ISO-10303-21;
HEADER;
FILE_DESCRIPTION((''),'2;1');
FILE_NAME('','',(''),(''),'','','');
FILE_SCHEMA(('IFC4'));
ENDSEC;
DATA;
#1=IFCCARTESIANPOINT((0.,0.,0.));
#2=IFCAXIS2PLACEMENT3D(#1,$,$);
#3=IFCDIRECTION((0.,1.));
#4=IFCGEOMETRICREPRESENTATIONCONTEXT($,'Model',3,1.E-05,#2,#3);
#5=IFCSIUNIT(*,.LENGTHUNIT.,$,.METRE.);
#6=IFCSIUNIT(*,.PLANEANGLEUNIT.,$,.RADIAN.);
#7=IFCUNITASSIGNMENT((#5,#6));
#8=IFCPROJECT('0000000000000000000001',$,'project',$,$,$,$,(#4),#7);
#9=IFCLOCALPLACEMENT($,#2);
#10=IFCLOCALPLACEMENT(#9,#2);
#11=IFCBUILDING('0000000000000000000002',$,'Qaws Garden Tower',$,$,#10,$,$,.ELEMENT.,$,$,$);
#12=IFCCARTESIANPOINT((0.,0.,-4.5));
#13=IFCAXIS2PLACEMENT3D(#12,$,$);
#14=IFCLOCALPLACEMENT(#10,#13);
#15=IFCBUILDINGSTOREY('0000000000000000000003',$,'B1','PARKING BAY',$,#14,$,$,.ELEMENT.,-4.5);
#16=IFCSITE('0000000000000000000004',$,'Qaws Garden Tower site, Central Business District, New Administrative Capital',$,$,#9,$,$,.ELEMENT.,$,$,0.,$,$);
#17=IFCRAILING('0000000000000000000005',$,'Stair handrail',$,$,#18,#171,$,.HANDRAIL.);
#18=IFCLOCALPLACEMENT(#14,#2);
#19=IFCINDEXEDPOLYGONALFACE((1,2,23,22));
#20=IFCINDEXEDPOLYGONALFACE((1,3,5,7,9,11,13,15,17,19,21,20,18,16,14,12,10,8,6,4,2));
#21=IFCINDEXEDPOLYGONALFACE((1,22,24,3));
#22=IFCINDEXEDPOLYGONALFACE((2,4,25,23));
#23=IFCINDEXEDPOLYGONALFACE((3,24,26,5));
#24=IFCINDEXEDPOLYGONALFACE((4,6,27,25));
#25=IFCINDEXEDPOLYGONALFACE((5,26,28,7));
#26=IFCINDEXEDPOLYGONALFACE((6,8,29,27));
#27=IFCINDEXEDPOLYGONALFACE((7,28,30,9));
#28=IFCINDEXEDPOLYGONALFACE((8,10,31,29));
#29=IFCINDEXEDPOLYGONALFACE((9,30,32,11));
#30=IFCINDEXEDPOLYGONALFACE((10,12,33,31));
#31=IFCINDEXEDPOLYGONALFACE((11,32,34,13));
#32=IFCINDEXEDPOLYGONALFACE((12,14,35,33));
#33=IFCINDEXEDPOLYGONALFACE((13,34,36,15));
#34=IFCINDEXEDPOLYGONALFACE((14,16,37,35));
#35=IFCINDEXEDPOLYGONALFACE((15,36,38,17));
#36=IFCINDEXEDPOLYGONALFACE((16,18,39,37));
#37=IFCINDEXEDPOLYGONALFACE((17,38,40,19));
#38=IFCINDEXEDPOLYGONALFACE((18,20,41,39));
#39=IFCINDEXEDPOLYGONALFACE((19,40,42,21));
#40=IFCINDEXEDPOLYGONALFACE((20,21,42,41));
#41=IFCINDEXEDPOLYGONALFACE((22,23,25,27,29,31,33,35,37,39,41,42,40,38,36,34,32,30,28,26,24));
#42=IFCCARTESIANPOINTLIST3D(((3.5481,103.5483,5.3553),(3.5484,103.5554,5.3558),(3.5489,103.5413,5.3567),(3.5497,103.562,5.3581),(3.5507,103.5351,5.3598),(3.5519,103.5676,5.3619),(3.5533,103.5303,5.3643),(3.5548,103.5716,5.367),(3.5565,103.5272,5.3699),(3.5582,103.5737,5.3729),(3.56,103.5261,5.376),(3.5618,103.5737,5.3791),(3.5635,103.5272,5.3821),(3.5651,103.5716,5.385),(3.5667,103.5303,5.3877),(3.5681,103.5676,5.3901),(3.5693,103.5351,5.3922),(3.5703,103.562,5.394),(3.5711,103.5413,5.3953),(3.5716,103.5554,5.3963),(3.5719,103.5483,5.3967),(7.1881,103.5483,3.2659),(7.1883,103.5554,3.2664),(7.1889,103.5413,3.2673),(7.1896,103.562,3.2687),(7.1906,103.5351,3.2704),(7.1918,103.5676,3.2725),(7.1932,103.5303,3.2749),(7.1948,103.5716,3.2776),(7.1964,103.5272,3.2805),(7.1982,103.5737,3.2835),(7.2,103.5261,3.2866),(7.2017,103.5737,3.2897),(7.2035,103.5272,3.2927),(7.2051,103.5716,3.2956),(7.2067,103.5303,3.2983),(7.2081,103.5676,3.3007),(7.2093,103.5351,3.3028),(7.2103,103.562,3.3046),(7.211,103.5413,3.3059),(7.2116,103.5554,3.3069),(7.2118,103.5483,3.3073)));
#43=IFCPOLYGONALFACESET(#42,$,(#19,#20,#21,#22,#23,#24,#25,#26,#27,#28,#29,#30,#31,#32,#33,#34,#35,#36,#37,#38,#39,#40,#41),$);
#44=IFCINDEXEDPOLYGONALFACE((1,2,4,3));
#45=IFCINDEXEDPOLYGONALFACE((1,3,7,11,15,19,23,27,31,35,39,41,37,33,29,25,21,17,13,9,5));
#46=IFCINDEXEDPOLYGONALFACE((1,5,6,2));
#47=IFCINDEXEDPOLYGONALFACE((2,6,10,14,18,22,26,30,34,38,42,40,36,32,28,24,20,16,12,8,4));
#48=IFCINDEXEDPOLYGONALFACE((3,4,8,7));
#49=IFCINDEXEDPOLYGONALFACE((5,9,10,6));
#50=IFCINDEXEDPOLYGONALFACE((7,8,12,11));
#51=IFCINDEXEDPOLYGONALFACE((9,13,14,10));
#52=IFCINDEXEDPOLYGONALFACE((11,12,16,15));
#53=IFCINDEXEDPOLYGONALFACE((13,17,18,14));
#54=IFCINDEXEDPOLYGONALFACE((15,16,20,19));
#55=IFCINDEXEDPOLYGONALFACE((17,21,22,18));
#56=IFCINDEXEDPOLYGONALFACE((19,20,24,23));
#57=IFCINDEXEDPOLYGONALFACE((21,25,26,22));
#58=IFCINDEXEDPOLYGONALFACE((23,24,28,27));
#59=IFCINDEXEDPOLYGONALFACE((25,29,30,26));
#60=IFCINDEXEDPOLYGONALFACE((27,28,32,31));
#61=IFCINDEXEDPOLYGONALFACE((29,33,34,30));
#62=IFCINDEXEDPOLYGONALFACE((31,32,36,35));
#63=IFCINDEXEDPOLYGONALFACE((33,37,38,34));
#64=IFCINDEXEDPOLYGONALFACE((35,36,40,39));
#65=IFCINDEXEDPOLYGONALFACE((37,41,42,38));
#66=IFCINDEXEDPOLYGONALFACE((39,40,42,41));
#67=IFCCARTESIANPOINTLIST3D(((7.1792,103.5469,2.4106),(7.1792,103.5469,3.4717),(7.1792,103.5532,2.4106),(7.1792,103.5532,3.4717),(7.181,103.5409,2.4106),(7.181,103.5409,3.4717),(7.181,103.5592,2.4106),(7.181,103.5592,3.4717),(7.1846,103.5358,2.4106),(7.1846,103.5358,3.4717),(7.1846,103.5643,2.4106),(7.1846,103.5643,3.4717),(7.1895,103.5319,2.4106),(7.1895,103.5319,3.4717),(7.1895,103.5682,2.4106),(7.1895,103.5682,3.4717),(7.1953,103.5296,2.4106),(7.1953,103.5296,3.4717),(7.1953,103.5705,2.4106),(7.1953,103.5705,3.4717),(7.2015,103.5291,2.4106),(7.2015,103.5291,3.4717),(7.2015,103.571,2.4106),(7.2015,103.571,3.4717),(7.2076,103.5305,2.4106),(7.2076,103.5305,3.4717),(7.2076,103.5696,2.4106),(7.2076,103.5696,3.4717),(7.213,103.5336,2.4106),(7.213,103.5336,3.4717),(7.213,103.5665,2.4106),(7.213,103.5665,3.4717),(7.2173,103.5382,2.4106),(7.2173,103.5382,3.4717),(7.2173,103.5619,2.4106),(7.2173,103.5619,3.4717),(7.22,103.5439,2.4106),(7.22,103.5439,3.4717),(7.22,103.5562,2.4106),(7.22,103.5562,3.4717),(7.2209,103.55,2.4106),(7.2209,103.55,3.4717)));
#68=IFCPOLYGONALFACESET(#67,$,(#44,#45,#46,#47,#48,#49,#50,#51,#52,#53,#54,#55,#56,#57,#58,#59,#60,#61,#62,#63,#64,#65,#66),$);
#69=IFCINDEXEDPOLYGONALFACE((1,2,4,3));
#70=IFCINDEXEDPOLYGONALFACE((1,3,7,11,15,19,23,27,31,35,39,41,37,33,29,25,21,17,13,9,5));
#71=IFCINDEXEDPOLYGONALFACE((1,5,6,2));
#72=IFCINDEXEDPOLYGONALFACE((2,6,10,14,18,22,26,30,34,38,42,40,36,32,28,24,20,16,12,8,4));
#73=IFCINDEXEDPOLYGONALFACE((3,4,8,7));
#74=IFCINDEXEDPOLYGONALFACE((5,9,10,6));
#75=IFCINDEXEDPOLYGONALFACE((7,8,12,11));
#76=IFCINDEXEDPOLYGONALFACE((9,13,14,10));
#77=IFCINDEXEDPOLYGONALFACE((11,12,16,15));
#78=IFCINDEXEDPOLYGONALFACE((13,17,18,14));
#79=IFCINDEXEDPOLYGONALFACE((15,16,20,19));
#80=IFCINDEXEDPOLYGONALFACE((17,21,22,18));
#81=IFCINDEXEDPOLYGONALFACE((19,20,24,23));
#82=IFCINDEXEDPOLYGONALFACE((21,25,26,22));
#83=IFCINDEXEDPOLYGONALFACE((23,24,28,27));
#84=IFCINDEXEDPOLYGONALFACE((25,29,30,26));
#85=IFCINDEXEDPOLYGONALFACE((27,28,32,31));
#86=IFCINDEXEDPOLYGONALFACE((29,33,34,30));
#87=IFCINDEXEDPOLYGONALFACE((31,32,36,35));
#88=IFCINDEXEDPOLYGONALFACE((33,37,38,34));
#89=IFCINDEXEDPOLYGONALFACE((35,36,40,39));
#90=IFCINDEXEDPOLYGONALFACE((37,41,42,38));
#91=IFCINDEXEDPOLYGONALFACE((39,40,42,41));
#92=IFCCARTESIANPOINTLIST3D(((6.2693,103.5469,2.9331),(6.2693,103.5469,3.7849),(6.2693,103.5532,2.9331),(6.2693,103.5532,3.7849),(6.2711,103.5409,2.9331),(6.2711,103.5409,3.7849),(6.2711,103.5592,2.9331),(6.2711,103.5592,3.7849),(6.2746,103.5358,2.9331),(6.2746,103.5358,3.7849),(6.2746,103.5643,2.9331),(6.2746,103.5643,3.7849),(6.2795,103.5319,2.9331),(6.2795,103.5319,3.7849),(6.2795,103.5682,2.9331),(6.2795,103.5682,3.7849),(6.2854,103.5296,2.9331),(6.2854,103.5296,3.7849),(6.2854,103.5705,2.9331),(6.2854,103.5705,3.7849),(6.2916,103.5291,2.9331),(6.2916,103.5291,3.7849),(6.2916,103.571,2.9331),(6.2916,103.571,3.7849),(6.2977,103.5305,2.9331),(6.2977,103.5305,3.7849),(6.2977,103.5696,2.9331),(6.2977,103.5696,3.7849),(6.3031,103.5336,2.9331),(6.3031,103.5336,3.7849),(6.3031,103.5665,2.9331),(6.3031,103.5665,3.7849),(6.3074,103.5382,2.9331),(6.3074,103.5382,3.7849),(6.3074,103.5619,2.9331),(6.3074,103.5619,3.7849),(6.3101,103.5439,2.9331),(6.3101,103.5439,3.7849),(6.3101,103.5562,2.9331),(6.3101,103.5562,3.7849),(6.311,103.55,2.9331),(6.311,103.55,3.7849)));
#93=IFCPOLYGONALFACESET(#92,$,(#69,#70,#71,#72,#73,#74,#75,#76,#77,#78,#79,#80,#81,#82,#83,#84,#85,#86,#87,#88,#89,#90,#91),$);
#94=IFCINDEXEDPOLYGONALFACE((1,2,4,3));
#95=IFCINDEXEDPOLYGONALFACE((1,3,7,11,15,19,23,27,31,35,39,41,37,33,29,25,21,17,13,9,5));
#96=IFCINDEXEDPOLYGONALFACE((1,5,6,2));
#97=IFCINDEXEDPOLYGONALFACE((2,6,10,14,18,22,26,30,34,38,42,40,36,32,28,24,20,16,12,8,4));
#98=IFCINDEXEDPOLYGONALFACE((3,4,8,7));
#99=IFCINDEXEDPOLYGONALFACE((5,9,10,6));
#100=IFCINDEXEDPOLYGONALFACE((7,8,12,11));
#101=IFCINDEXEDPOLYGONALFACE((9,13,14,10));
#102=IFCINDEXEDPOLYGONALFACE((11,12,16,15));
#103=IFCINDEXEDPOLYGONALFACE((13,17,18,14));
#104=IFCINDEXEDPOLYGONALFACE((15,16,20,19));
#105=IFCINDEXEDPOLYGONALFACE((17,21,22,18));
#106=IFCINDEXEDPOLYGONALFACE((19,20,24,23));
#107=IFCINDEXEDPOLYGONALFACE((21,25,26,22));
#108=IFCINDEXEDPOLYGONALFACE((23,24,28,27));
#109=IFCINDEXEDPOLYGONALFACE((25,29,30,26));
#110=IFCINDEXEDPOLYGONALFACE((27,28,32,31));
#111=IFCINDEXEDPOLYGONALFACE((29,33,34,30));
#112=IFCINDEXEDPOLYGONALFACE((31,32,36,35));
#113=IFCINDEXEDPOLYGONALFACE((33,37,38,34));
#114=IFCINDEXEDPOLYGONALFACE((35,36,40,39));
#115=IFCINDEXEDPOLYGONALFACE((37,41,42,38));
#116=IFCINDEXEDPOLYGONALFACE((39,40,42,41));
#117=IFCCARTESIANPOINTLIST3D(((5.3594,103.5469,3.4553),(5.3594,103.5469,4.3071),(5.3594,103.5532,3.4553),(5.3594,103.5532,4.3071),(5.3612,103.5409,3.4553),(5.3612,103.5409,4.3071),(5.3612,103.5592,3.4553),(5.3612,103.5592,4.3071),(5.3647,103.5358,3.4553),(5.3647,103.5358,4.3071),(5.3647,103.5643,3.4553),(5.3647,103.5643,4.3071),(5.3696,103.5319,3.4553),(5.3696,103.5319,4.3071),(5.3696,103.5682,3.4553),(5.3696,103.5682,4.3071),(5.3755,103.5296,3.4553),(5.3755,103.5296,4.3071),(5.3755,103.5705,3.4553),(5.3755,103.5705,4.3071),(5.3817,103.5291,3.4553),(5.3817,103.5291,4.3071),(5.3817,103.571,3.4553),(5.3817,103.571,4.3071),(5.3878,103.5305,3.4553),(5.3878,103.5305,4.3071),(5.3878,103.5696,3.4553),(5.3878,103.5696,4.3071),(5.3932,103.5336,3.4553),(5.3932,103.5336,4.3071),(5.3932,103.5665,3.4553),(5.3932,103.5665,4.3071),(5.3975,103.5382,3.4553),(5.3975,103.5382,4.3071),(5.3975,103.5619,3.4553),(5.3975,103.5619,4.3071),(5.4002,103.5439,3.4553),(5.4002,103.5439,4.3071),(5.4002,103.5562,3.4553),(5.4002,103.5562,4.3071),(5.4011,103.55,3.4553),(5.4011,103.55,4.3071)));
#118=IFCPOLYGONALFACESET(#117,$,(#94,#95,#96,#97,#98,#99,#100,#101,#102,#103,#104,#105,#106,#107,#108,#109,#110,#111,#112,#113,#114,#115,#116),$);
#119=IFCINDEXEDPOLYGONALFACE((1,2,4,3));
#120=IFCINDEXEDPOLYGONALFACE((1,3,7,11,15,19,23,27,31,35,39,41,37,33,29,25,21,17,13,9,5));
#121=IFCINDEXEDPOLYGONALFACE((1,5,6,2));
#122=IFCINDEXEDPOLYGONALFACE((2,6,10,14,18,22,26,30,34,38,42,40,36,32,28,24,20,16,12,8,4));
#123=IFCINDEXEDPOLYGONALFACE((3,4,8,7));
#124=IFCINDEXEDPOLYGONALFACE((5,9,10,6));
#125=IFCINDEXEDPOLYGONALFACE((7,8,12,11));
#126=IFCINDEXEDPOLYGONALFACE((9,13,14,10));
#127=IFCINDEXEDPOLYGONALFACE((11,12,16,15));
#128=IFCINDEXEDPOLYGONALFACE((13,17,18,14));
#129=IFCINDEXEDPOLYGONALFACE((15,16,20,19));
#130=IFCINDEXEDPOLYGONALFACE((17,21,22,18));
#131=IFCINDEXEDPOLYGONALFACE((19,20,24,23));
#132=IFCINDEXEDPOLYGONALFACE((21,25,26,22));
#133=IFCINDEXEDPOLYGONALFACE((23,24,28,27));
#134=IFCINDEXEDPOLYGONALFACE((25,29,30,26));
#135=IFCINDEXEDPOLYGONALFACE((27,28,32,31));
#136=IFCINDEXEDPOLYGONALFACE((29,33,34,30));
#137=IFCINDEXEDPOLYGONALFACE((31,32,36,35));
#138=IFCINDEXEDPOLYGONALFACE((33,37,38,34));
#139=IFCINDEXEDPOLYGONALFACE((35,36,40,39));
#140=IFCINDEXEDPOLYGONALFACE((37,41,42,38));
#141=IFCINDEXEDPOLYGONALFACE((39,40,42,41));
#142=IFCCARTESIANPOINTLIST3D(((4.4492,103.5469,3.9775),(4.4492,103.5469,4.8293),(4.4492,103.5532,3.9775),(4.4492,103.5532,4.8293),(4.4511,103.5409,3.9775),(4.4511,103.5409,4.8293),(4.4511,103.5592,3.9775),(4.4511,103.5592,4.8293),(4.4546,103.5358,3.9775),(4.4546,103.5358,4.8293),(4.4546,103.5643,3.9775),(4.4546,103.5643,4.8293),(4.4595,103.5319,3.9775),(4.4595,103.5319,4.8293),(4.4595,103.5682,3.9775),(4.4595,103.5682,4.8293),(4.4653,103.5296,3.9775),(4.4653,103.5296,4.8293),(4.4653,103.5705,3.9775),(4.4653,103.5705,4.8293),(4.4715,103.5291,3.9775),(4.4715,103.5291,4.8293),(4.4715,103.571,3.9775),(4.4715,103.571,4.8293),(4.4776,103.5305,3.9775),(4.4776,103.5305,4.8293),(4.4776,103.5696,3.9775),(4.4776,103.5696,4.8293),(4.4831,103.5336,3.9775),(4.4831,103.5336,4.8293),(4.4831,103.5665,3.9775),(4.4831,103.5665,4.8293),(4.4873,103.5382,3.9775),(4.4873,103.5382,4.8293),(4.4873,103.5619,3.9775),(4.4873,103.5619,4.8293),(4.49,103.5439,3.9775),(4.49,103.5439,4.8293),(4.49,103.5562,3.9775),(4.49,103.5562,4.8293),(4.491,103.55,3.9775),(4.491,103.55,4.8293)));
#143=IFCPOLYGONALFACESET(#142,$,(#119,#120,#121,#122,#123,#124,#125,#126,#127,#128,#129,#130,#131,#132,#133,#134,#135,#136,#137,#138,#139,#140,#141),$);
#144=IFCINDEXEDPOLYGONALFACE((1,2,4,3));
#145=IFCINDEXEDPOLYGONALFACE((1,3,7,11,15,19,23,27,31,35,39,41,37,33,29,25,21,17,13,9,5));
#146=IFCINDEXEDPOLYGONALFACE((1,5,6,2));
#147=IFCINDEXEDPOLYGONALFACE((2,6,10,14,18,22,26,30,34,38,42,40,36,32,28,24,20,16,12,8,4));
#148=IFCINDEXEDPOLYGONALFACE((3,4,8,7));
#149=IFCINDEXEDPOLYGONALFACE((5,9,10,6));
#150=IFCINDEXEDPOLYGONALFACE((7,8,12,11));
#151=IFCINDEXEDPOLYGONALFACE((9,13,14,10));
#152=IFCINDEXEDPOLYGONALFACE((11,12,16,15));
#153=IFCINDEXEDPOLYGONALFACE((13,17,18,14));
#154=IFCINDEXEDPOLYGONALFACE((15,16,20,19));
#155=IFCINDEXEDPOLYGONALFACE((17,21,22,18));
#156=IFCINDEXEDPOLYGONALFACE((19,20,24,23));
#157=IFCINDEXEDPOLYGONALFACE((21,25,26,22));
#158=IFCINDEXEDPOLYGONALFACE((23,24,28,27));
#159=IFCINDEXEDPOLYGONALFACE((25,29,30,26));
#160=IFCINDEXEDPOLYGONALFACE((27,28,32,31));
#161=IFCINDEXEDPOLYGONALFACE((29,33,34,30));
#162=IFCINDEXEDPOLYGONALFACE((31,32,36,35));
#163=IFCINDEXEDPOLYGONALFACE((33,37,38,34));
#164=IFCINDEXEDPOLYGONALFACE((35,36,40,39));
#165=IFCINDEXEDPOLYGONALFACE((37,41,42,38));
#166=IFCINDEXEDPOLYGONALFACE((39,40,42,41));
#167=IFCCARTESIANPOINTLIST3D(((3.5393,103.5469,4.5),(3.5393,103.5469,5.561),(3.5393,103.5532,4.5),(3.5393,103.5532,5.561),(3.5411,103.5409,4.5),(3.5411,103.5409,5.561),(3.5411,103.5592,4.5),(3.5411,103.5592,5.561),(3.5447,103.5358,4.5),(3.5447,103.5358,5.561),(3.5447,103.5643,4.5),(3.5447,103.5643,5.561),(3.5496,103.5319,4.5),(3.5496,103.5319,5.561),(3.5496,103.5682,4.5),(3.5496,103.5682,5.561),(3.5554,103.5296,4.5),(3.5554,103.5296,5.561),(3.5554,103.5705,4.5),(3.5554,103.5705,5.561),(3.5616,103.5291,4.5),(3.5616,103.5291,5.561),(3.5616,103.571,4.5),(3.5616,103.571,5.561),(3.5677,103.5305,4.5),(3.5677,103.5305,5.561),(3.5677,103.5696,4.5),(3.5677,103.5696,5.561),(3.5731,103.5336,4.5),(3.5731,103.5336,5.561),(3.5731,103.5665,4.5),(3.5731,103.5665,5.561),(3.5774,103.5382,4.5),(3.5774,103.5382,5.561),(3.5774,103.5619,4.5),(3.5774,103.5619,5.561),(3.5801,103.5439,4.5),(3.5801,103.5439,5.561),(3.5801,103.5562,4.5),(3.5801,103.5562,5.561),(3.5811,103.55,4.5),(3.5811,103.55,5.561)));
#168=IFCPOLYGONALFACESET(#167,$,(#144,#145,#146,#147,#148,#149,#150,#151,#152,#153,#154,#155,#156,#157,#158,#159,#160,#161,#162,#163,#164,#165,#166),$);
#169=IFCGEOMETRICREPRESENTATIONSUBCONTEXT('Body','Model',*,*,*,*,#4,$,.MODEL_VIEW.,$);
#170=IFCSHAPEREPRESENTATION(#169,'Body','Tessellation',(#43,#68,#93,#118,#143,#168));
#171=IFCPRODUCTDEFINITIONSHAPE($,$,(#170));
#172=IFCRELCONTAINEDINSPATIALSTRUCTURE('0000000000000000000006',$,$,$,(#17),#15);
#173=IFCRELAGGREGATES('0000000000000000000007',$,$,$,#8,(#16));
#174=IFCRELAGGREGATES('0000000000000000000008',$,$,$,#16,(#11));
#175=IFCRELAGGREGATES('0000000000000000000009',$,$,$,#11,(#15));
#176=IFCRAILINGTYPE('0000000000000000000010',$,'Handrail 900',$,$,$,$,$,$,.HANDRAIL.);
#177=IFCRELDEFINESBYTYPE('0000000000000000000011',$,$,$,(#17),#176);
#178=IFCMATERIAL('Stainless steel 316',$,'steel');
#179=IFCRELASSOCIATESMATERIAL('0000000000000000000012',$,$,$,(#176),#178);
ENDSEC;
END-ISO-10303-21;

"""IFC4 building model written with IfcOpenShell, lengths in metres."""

from ifc_helpers import new_model, si_unit, direction, frame, origin, origin_2d, place, context, subcontext, project, spatial, circle, extrude, material, type_object, element, save


model = new_model("IFC4")

# Units and contexts
model_context = context("Model", 3, precision=1e-05, world=origin(), true_north=direction((0.0, 1.0)))
body_context = subcontext(model_context, "Body", "Model", "MODEL_VIEW")
ifc_project = project(units=[si_unit("LENGTHUNIT", "METRE"), si_unit("PLANEANGLEUNIT", "RADIAN")], contexts=[model_context])

# Site, building, storey
site_placement = place(None, origin())
site = spatial("IfcSite", under=ifc_project, at=site_placement, Name="Qaws Garden Tower site, Central Business District, New Administrative Capital", CompositionType="ELEMENT", RefElevation=0.0)
building_placement = place(site_placement, origin())
building = spatial("IfcBuilding", under=site, at=building_placement, Name="Qaws Garden Tower", CompositionType="ELEMENT")
storey_placement = place(building_placement, frame((0.0, 0.0, -4.5)))
storey = spatial("IfcBuildingStorey", under=building, at=storey_placement, Name="B1", Description="PARKING BAY", CompositionType="ELEMENT", Elevation=-4.5)

# Railing
ifc_material_1 = material(Name="Stainless steel 316", Category="steel")
railing_type_1 = type_object("IfcRailingType", Name="Handrail 900", PredefinedType="HANDRAIL", material=ifc_material_1)
for number, where, name in (
    (1, (7.2, 103.55, 2.4106), "Stair handrail"),
):
    element("IfcRailing", number, at=place(storey_placement, frame(where)), inside=storey, type_object=railing_type_1, Name=name, PredefinedType="HANDRAIL", context=body_context, shape_type="SweptSolid", body=[
        extrude(circle(Radius=0.0239, at=origin_2d()), frame((0.0, 0.0, 0.876), z_axis=(-0.867275, 0.0, 0.497829), x_axis=(0.0, -1.0, 0.0)), (0.0, 0.0, 1.0), 4.197),
        extrude(circle(Radius=0.021, at=origin_2d()), origin(), (0.0, 0.0, 1.0), 1.061),
        extrude(circle(Radius=0.021, at=origin_2d()), frame((-0.9099, 0.0, 0.5225)), (0.0, 0.0, 1.0), 0.8518),
        extrude(circle(Radius=0.021, at=origin_2d()), frame((-1.8198, 0.0, 1.0447)), (0.0, 0.0, 1.0), 0.8518),
        extrude(circle(Radius=0.021, at=origin_2d()), frame((-2.73, 0.0, 1.5669)), (0.0, 0.0, 1.0), 0.8518),
        extrude(circle(Radius=0.021, at=origin_2d()), frame((-3.6399, 0.0, 2.0894)), (0.0, 0.0, 1.0), 1.061),
    ])

save(model, "model.ifc")
